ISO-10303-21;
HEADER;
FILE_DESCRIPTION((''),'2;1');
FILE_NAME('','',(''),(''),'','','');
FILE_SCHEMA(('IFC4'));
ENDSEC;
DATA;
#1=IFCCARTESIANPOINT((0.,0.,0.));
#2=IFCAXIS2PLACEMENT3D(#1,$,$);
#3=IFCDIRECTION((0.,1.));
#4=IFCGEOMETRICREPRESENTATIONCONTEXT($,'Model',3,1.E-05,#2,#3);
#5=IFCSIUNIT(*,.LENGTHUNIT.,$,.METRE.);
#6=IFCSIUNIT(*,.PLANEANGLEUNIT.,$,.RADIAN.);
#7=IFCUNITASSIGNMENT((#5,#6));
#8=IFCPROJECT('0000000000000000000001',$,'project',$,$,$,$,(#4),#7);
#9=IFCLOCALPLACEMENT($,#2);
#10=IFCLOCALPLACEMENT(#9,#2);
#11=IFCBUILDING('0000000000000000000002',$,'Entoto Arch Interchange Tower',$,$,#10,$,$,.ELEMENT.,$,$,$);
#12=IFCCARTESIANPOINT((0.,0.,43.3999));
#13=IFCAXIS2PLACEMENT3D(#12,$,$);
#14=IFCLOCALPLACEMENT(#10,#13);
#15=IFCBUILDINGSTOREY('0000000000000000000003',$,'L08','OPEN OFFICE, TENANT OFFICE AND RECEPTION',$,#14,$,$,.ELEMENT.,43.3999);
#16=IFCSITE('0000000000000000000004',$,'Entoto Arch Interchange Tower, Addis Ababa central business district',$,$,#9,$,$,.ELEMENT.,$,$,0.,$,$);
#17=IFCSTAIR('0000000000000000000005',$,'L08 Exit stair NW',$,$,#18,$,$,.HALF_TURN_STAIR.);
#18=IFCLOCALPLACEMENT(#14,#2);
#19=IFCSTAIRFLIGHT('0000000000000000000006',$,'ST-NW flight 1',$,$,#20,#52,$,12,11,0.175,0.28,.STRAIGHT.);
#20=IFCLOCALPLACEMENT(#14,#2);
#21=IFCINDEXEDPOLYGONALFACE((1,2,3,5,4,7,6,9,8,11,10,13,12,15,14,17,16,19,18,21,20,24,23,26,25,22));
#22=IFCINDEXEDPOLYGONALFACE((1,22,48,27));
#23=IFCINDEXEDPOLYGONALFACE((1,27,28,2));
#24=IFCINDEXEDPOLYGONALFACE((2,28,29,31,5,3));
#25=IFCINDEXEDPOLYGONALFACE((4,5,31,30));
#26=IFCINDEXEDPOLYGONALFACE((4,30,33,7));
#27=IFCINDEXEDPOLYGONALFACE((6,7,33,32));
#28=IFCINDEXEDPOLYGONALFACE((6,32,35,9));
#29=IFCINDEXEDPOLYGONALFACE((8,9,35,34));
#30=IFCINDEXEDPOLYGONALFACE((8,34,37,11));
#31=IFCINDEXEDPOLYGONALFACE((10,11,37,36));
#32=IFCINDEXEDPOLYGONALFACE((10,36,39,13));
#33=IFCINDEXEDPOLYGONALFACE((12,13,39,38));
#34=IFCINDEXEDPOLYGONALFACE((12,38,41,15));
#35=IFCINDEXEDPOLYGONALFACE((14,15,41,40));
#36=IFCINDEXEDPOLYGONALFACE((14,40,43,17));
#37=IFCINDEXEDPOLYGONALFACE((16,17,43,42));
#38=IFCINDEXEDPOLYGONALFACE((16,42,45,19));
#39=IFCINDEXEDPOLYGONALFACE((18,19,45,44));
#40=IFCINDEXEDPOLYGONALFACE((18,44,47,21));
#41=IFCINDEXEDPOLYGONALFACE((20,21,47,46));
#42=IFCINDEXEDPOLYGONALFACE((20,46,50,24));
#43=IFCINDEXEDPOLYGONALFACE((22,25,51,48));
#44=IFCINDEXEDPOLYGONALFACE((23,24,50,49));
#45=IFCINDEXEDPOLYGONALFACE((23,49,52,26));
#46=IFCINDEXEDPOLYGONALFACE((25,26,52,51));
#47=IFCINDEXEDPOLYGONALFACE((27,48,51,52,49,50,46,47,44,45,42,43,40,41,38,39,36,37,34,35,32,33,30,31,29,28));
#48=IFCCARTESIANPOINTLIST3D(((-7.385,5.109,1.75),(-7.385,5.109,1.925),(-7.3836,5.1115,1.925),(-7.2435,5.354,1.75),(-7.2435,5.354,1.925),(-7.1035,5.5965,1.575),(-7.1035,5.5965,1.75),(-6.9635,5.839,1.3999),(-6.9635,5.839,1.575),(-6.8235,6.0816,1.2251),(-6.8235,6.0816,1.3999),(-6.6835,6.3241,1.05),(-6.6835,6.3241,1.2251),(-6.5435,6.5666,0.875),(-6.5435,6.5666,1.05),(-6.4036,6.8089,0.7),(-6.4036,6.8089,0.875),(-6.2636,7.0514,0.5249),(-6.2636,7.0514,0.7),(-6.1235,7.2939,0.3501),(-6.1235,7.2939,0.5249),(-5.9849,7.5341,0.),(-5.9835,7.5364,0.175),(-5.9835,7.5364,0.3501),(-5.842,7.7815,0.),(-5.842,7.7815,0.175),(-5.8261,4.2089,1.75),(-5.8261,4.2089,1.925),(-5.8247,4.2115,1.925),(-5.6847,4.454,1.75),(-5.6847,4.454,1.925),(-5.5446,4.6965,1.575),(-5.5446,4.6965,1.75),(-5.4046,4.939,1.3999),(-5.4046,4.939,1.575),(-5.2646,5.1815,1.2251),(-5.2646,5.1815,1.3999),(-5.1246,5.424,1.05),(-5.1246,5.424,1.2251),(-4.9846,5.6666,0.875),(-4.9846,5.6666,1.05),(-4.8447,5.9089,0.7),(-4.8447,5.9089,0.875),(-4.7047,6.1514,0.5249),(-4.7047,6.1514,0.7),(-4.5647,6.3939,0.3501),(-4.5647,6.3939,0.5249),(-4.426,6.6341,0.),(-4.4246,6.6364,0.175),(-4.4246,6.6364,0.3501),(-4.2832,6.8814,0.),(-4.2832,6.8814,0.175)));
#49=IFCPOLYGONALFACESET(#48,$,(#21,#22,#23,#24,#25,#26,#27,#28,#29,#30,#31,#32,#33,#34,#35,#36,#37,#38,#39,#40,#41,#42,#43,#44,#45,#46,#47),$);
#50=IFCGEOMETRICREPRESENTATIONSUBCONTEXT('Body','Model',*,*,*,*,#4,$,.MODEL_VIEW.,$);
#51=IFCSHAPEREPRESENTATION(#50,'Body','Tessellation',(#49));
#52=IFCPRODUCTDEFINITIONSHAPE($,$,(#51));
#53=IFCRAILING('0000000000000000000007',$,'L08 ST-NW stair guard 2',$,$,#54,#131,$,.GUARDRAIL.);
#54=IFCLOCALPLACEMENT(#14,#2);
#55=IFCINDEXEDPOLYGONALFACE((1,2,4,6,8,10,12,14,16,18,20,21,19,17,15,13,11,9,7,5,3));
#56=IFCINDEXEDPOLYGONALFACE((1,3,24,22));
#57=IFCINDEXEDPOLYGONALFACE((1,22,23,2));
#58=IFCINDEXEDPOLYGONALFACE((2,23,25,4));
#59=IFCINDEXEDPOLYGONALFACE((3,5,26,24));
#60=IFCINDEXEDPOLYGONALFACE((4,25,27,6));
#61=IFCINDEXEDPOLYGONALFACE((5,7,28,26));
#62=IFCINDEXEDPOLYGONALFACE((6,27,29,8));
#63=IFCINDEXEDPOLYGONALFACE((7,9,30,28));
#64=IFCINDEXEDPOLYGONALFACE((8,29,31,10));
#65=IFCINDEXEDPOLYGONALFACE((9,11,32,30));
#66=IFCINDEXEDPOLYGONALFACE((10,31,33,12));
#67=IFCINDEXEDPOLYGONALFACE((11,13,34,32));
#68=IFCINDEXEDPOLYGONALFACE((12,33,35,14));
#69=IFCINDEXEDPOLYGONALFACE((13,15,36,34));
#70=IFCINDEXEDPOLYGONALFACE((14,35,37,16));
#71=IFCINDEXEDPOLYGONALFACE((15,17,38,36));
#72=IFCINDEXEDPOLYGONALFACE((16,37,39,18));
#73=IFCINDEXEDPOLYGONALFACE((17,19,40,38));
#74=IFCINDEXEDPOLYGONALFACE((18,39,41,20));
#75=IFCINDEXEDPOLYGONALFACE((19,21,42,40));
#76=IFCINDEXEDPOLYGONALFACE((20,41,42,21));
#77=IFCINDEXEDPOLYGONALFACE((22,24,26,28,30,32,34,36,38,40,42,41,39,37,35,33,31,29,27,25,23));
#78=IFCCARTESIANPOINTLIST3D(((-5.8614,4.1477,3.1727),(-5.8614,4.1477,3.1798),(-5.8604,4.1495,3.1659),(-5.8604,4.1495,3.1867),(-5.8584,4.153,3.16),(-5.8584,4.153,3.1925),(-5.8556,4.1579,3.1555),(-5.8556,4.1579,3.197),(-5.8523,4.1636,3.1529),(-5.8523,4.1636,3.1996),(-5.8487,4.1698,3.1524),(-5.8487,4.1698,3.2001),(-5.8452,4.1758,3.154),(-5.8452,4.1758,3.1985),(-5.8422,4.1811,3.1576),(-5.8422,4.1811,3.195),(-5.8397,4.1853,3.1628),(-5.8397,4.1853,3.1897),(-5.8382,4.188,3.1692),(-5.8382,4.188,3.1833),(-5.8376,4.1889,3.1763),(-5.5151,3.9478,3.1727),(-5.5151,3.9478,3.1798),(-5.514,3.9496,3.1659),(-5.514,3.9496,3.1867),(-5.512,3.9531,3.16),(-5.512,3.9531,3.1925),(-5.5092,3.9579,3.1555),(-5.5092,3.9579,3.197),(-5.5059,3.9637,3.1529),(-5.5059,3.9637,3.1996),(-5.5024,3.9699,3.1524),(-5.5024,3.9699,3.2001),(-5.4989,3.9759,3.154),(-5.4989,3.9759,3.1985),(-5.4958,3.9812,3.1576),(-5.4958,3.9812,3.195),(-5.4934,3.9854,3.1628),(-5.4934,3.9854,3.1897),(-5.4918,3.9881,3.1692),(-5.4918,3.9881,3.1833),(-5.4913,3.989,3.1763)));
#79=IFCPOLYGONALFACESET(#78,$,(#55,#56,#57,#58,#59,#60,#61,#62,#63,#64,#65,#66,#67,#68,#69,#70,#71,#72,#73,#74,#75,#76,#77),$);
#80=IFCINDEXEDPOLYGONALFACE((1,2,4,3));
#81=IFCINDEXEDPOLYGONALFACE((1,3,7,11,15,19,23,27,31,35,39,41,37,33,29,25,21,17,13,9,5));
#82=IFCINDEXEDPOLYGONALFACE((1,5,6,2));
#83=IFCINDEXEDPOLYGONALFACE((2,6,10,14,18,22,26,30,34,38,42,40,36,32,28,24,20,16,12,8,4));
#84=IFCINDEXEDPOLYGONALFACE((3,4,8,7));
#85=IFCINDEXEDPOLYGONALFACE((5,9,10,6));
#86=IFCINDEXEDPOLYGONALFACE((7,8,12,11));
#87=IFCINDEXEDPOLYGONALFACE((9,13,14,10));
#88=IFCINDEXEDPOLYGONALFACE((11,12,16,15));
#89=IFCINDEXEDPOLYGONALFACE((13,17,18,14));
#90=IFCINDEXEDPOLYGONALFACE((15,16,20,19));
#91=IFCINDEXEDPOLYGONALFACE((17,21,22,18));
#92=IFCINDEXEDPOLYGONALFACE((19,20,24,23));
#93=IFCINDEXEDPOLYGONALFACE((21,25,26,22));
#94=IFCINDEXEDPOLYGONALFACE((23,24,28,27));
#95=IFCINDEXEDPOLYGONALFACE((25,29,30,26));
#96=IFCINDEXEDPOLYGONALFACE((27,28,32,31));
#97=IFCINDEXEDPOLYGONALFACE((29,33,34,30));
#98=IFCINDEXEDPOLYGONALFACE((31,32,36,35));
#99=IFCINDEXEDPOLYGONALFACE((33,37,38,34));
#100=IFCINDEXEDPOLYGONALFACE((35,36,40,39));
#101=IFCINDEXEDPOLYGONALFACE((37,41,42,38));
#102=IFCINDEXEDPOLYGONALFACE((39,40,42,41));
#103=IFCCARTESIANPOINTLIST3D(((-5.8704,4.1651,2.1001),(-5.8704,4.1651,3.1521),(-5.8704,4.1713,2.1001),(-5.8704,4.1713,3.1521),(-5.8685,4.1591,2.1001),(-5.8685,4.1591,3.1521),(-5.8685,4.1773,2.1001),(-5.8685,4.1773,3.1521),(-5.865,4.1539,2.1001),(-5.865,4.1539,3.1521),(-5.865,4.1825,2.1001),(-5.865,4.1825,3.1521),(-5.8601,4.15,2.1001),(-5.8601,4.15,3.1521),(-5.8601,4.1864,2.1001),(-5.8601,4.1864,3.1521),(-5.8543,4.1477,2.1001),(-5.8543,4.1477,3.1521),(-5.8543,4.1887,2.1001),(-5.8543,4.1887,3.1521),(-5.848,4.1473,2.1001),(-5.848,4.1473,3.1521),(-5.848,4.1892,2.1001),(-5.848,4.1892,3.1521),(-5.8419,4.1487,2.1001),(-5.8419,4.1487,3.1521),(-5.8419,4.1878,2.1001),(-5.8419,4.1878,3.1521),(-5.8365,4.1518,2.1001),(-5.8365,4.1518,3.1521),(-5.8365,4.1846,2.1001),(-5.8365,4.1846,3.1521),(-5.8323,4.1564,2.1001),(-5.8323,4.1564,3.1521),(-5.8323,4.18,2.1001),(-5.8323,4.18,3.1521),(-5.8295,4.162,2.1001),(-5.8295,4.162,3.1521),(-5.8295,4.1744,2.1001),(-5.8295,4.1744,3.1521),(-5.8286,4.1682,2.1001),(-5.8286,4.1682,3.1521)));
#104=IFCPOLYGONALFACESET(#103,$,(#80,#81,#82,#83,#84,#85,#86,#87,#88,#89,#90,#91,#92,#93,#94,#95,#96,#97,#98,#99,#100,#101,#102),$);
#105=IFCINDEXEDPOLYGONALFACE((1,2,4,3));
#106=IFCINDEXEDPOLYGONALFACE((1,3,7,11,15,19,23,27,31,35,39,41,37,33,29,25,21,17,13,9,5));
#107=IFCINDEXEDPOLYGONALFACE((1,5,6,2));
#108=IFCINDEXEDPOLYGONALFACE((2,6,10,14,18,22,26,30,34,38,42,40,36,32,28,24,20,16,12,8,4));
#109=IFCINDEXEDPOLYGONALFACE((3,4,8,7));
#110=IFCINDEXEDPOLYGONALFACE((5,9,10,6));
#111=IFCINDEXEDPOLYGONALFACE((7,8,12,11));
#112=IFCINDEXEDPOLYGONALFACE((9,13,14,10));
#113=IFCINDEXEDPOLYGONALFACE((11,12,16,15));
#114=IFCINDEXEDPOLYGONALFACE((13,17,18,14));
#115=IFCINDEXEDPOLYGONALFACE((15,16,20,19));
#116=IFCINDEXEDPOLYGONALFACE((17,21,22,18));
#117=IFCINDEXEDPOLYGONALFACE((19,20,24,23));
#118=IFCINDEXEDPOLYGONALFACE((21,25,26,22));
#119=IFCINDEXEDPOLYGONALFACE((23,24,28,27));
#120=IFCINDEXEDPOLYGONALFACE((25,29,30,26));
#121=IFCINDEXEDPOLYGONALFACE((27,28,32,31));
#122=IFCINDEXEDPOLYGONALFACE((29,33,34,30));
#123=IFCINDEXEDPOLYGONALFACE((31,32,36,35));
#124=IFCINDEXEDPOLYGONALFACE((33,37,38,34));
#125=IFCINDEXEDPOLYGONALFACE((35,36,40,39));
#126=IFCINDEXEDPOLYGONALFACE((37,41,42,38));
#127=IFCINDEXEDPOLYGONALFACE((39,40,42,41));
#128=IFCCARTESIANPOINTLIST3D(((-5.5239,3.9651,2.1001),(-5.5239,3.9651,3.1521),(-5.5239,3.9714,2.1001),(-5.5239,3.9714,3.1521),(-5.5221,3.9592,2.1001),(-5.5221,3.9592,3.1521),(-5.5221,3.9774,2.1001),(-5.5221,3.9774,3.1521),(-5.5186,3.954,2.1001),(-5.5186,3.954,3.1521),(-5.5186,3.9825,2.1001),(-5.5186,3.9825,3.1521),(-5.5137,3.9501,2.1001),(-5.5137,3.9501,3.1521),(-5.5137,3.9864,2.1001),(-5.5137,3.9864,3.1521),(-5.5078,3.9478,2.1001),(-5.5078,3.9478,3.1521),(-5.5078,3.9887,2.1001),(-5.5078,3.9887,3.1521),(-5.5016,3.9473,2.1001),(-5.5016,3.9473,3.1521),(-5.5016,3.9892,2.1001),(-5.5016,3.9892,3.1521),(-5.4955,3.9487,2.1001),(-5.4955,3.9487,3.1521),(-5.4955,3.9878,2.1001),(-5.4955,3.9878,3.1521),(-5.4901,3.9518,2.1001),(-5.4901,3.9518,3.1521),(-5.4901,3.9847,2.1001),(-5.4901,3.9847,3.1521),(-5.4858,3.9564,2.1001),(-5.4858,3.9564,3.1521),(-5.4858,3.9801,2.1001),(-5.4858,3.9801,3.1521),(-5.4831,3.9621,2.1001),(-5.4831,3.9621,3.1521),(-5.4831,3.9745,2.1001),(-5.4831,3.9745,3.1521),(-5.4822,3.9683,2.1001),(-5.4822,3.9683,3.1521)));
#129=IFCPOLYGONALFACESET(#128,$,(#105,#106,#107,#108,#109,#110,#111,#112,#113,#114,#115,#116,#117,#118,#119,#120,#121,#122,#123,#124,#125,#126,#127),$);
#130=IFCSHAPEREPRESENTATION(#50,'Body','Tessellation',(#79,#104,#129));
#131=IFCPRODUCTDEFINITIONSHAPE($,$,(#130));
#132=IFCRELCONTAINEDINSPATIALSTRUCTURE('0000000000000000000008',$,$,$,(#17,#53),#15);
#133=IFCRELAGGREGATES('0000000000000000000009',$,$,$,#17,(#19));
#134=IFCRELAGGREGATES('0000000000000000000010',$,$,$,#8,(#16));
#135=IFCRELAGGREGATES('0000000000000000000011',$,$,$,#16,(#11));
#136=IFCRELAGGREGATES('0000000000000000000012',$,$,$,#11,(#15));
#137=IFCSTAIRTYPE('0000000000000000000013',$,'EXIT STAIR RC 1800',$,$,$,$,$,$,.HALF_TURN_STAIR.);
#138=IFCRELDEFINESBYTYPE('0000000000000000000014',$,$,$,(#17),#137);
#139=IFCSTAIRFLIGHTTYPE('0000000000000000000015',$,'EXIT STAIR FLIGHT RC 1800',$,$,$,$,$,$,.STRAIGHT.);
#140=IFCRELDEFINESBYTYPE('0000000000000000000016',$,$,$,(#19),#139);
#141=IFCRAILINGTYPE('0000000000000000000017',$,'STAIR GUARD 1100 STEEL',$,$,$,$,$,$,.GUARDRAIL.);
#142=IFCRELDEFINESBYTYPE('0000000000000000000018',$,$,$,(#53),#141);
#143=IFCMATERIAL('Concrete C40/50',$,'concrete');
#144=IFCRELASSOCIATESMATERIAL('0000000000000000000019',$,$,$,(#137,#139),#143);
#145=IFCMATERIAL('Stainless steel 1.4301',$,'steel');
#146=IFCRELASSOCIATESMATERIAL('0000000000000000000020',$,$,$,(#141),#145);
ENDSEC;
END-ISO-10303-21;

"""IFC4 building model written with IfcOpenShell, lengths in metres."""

from ifc_helpers import new_model, si_unit, direction, frame, origin, origin_2d, place, context, subcontext, project, spatial, polyline, circle, outline, extrude, material, type_object, element, aggregate, save


model = new_model("IFC4")

# Units and contexts
model_context = context("Model", 3, precision=1e-05, world=origin(), true_north=direction((0.0, 1.0)))
body_context = subcontext(model_context, "Body", "Model", "MODEL_VIEW")
ifc_project = project(units=[si_unit("LENGTHUNIT", "METRE"), si_unit("PLANEANGLEUNIT", "RADIAN")], contexts=[model_context])

# Site, building, storey
site_placement = place(None, origin())
site = spatial("IfcSite", under=ifc_project, at=site_placement, Name="Entoto Arch Interchange Tower, Addis Ababa central business district", CompositionType="ELEMENT", RefElevation=0.0)
building_placement = place(site_placement, origin())
building = spatial("IfcBuilding", under=site, at=building_placement, Name="Entoto Arch Interchange Tower", CompositionType="ELEMENT")
storey_placement = place(building_placement, frame((0.0, 0.0, 43.3999)))
storey = spatial("IfcBuildingStorey", under=building, at=storey_placement, Name="L08", Description="OPEN OFFICE, TENANT OFFICE AND RECEPTION", CompositionType="ELEMENT", Elevation=43.3999)

# Shared definitions
ifc_material_1 = material(Name="Concrete C40/50", Category="concrete")

# Stair, stair flight
stair_type = type_object("IfcStairType", Name="EXIT STAIR RC 1800", PredefinedType="HALF_TURN_STAIR", material=ifc_material_1)
stair_placement = place(storey_placement, origin())
stair = element("IfcStair", 1, at=stair_placement, inside=storey, type_object=stair_type, Name="L08 Exit stair NW", PredefinedType="HALF_TURN_STAIR")
stair_flight_type = type_object("IfcStairFlightType", Name="EXIT STAIR FLIGHT RC 1800", PredefinedType="STRAIGHT", material=ifc_material_1)
stair_flight_placement = place(storey_placement, frame((-5.064, 7.3289, 0.0), z_axis=(0.0, 0.0, 1.0), x_axis=(-0.5, -0.866025, 0.0)))
stair_flight = element("IfcStairFlight", 2, at=stair_flight_placement, type_object=stair_flight_type, Name="ST-NW flight 1", NumberOfRisers=12, NumberOfTreads=11, PredefinedType="STRAIGHT", RiserHeight=0.175, TreadLength=0.28, context=body_context, shape_type="SweptSolid", body=[
    extrude(outline(polyline([(-0.0029, 0.0), (-0.0029, 0.175), (0.28, 0.175), (0.28, 0.3501), (0.5601, 0.3501), (0.5601, 0.5249), (0.8401, 0.5249), (0.8401, 0.7), (1.1201, 0.7), (1.1201, 0.875), (1.3999, 0.875), (1.3999, 1.05), (1.6799, 1.05), (1.6799, 1.2251), (1.96, 1.2251), (1.96, 1.3999), (2.24, 1.3999), (2.24, 1.575), (2.52, 1.575), (2.52, 1.75), (2.8, 1.75), (2.8, 1.925), (3.0801, 1.925), (3.083, 1.925), (3.083, 1.75), (0.2827, 0.0), (-0.0029, 0.0)])), frame((0.0, 0.8999, 0.0), z_axis=(0.0, -1.0, 0.0), x_axis=(1.0, 0.0, 0.0)), (0.0, 0.0, 1.0), 1.8),
])
aggregate(stair, [stair_flight])

# Railing
ifc_material_2 = material(Name="Stainless steel 1.4301", Category="steel")
railing_type_1 = type_object("IfcRailingType", Name="STAIR GUARD 1100 STEEL", PredefinedType="GUARDRAIL", material=ifc_material_2)
railing_1_placement = place(storey_placement, frame((-5.8496, 4.1682, 2.1001)))
element("IfcRailing", 3, at=railing_1_placement, inside=storey, type_object=railing_type_1, Name="L08 ST-NW stair guard 2", PredefinedType="GUARDRAIL", context=body_context, shape_type="SweptSolid", body=[
    extrude(circle(Radius=0.0239, at=origin_2d()), frame((0.0, 0.0, 1.0762), z_axis=(0.866094, -0.499881, 0.0), x_axis=(0.499881, 0.866094, 0.0)), (0.0, 0.0, 1.0), 0.3999),
    extrude(circle(Radius=0.021, at=origin_2d()), origin(), (0.0, 0.0, 1.0), 1.052),
    extrude(circle(Radius=0.021, at=origin_2d()), frame((0.3464, -0.2, 0.0)), (0.0, 0.0, 1.0), 1.052),
])

save(model, "model.ifc")
